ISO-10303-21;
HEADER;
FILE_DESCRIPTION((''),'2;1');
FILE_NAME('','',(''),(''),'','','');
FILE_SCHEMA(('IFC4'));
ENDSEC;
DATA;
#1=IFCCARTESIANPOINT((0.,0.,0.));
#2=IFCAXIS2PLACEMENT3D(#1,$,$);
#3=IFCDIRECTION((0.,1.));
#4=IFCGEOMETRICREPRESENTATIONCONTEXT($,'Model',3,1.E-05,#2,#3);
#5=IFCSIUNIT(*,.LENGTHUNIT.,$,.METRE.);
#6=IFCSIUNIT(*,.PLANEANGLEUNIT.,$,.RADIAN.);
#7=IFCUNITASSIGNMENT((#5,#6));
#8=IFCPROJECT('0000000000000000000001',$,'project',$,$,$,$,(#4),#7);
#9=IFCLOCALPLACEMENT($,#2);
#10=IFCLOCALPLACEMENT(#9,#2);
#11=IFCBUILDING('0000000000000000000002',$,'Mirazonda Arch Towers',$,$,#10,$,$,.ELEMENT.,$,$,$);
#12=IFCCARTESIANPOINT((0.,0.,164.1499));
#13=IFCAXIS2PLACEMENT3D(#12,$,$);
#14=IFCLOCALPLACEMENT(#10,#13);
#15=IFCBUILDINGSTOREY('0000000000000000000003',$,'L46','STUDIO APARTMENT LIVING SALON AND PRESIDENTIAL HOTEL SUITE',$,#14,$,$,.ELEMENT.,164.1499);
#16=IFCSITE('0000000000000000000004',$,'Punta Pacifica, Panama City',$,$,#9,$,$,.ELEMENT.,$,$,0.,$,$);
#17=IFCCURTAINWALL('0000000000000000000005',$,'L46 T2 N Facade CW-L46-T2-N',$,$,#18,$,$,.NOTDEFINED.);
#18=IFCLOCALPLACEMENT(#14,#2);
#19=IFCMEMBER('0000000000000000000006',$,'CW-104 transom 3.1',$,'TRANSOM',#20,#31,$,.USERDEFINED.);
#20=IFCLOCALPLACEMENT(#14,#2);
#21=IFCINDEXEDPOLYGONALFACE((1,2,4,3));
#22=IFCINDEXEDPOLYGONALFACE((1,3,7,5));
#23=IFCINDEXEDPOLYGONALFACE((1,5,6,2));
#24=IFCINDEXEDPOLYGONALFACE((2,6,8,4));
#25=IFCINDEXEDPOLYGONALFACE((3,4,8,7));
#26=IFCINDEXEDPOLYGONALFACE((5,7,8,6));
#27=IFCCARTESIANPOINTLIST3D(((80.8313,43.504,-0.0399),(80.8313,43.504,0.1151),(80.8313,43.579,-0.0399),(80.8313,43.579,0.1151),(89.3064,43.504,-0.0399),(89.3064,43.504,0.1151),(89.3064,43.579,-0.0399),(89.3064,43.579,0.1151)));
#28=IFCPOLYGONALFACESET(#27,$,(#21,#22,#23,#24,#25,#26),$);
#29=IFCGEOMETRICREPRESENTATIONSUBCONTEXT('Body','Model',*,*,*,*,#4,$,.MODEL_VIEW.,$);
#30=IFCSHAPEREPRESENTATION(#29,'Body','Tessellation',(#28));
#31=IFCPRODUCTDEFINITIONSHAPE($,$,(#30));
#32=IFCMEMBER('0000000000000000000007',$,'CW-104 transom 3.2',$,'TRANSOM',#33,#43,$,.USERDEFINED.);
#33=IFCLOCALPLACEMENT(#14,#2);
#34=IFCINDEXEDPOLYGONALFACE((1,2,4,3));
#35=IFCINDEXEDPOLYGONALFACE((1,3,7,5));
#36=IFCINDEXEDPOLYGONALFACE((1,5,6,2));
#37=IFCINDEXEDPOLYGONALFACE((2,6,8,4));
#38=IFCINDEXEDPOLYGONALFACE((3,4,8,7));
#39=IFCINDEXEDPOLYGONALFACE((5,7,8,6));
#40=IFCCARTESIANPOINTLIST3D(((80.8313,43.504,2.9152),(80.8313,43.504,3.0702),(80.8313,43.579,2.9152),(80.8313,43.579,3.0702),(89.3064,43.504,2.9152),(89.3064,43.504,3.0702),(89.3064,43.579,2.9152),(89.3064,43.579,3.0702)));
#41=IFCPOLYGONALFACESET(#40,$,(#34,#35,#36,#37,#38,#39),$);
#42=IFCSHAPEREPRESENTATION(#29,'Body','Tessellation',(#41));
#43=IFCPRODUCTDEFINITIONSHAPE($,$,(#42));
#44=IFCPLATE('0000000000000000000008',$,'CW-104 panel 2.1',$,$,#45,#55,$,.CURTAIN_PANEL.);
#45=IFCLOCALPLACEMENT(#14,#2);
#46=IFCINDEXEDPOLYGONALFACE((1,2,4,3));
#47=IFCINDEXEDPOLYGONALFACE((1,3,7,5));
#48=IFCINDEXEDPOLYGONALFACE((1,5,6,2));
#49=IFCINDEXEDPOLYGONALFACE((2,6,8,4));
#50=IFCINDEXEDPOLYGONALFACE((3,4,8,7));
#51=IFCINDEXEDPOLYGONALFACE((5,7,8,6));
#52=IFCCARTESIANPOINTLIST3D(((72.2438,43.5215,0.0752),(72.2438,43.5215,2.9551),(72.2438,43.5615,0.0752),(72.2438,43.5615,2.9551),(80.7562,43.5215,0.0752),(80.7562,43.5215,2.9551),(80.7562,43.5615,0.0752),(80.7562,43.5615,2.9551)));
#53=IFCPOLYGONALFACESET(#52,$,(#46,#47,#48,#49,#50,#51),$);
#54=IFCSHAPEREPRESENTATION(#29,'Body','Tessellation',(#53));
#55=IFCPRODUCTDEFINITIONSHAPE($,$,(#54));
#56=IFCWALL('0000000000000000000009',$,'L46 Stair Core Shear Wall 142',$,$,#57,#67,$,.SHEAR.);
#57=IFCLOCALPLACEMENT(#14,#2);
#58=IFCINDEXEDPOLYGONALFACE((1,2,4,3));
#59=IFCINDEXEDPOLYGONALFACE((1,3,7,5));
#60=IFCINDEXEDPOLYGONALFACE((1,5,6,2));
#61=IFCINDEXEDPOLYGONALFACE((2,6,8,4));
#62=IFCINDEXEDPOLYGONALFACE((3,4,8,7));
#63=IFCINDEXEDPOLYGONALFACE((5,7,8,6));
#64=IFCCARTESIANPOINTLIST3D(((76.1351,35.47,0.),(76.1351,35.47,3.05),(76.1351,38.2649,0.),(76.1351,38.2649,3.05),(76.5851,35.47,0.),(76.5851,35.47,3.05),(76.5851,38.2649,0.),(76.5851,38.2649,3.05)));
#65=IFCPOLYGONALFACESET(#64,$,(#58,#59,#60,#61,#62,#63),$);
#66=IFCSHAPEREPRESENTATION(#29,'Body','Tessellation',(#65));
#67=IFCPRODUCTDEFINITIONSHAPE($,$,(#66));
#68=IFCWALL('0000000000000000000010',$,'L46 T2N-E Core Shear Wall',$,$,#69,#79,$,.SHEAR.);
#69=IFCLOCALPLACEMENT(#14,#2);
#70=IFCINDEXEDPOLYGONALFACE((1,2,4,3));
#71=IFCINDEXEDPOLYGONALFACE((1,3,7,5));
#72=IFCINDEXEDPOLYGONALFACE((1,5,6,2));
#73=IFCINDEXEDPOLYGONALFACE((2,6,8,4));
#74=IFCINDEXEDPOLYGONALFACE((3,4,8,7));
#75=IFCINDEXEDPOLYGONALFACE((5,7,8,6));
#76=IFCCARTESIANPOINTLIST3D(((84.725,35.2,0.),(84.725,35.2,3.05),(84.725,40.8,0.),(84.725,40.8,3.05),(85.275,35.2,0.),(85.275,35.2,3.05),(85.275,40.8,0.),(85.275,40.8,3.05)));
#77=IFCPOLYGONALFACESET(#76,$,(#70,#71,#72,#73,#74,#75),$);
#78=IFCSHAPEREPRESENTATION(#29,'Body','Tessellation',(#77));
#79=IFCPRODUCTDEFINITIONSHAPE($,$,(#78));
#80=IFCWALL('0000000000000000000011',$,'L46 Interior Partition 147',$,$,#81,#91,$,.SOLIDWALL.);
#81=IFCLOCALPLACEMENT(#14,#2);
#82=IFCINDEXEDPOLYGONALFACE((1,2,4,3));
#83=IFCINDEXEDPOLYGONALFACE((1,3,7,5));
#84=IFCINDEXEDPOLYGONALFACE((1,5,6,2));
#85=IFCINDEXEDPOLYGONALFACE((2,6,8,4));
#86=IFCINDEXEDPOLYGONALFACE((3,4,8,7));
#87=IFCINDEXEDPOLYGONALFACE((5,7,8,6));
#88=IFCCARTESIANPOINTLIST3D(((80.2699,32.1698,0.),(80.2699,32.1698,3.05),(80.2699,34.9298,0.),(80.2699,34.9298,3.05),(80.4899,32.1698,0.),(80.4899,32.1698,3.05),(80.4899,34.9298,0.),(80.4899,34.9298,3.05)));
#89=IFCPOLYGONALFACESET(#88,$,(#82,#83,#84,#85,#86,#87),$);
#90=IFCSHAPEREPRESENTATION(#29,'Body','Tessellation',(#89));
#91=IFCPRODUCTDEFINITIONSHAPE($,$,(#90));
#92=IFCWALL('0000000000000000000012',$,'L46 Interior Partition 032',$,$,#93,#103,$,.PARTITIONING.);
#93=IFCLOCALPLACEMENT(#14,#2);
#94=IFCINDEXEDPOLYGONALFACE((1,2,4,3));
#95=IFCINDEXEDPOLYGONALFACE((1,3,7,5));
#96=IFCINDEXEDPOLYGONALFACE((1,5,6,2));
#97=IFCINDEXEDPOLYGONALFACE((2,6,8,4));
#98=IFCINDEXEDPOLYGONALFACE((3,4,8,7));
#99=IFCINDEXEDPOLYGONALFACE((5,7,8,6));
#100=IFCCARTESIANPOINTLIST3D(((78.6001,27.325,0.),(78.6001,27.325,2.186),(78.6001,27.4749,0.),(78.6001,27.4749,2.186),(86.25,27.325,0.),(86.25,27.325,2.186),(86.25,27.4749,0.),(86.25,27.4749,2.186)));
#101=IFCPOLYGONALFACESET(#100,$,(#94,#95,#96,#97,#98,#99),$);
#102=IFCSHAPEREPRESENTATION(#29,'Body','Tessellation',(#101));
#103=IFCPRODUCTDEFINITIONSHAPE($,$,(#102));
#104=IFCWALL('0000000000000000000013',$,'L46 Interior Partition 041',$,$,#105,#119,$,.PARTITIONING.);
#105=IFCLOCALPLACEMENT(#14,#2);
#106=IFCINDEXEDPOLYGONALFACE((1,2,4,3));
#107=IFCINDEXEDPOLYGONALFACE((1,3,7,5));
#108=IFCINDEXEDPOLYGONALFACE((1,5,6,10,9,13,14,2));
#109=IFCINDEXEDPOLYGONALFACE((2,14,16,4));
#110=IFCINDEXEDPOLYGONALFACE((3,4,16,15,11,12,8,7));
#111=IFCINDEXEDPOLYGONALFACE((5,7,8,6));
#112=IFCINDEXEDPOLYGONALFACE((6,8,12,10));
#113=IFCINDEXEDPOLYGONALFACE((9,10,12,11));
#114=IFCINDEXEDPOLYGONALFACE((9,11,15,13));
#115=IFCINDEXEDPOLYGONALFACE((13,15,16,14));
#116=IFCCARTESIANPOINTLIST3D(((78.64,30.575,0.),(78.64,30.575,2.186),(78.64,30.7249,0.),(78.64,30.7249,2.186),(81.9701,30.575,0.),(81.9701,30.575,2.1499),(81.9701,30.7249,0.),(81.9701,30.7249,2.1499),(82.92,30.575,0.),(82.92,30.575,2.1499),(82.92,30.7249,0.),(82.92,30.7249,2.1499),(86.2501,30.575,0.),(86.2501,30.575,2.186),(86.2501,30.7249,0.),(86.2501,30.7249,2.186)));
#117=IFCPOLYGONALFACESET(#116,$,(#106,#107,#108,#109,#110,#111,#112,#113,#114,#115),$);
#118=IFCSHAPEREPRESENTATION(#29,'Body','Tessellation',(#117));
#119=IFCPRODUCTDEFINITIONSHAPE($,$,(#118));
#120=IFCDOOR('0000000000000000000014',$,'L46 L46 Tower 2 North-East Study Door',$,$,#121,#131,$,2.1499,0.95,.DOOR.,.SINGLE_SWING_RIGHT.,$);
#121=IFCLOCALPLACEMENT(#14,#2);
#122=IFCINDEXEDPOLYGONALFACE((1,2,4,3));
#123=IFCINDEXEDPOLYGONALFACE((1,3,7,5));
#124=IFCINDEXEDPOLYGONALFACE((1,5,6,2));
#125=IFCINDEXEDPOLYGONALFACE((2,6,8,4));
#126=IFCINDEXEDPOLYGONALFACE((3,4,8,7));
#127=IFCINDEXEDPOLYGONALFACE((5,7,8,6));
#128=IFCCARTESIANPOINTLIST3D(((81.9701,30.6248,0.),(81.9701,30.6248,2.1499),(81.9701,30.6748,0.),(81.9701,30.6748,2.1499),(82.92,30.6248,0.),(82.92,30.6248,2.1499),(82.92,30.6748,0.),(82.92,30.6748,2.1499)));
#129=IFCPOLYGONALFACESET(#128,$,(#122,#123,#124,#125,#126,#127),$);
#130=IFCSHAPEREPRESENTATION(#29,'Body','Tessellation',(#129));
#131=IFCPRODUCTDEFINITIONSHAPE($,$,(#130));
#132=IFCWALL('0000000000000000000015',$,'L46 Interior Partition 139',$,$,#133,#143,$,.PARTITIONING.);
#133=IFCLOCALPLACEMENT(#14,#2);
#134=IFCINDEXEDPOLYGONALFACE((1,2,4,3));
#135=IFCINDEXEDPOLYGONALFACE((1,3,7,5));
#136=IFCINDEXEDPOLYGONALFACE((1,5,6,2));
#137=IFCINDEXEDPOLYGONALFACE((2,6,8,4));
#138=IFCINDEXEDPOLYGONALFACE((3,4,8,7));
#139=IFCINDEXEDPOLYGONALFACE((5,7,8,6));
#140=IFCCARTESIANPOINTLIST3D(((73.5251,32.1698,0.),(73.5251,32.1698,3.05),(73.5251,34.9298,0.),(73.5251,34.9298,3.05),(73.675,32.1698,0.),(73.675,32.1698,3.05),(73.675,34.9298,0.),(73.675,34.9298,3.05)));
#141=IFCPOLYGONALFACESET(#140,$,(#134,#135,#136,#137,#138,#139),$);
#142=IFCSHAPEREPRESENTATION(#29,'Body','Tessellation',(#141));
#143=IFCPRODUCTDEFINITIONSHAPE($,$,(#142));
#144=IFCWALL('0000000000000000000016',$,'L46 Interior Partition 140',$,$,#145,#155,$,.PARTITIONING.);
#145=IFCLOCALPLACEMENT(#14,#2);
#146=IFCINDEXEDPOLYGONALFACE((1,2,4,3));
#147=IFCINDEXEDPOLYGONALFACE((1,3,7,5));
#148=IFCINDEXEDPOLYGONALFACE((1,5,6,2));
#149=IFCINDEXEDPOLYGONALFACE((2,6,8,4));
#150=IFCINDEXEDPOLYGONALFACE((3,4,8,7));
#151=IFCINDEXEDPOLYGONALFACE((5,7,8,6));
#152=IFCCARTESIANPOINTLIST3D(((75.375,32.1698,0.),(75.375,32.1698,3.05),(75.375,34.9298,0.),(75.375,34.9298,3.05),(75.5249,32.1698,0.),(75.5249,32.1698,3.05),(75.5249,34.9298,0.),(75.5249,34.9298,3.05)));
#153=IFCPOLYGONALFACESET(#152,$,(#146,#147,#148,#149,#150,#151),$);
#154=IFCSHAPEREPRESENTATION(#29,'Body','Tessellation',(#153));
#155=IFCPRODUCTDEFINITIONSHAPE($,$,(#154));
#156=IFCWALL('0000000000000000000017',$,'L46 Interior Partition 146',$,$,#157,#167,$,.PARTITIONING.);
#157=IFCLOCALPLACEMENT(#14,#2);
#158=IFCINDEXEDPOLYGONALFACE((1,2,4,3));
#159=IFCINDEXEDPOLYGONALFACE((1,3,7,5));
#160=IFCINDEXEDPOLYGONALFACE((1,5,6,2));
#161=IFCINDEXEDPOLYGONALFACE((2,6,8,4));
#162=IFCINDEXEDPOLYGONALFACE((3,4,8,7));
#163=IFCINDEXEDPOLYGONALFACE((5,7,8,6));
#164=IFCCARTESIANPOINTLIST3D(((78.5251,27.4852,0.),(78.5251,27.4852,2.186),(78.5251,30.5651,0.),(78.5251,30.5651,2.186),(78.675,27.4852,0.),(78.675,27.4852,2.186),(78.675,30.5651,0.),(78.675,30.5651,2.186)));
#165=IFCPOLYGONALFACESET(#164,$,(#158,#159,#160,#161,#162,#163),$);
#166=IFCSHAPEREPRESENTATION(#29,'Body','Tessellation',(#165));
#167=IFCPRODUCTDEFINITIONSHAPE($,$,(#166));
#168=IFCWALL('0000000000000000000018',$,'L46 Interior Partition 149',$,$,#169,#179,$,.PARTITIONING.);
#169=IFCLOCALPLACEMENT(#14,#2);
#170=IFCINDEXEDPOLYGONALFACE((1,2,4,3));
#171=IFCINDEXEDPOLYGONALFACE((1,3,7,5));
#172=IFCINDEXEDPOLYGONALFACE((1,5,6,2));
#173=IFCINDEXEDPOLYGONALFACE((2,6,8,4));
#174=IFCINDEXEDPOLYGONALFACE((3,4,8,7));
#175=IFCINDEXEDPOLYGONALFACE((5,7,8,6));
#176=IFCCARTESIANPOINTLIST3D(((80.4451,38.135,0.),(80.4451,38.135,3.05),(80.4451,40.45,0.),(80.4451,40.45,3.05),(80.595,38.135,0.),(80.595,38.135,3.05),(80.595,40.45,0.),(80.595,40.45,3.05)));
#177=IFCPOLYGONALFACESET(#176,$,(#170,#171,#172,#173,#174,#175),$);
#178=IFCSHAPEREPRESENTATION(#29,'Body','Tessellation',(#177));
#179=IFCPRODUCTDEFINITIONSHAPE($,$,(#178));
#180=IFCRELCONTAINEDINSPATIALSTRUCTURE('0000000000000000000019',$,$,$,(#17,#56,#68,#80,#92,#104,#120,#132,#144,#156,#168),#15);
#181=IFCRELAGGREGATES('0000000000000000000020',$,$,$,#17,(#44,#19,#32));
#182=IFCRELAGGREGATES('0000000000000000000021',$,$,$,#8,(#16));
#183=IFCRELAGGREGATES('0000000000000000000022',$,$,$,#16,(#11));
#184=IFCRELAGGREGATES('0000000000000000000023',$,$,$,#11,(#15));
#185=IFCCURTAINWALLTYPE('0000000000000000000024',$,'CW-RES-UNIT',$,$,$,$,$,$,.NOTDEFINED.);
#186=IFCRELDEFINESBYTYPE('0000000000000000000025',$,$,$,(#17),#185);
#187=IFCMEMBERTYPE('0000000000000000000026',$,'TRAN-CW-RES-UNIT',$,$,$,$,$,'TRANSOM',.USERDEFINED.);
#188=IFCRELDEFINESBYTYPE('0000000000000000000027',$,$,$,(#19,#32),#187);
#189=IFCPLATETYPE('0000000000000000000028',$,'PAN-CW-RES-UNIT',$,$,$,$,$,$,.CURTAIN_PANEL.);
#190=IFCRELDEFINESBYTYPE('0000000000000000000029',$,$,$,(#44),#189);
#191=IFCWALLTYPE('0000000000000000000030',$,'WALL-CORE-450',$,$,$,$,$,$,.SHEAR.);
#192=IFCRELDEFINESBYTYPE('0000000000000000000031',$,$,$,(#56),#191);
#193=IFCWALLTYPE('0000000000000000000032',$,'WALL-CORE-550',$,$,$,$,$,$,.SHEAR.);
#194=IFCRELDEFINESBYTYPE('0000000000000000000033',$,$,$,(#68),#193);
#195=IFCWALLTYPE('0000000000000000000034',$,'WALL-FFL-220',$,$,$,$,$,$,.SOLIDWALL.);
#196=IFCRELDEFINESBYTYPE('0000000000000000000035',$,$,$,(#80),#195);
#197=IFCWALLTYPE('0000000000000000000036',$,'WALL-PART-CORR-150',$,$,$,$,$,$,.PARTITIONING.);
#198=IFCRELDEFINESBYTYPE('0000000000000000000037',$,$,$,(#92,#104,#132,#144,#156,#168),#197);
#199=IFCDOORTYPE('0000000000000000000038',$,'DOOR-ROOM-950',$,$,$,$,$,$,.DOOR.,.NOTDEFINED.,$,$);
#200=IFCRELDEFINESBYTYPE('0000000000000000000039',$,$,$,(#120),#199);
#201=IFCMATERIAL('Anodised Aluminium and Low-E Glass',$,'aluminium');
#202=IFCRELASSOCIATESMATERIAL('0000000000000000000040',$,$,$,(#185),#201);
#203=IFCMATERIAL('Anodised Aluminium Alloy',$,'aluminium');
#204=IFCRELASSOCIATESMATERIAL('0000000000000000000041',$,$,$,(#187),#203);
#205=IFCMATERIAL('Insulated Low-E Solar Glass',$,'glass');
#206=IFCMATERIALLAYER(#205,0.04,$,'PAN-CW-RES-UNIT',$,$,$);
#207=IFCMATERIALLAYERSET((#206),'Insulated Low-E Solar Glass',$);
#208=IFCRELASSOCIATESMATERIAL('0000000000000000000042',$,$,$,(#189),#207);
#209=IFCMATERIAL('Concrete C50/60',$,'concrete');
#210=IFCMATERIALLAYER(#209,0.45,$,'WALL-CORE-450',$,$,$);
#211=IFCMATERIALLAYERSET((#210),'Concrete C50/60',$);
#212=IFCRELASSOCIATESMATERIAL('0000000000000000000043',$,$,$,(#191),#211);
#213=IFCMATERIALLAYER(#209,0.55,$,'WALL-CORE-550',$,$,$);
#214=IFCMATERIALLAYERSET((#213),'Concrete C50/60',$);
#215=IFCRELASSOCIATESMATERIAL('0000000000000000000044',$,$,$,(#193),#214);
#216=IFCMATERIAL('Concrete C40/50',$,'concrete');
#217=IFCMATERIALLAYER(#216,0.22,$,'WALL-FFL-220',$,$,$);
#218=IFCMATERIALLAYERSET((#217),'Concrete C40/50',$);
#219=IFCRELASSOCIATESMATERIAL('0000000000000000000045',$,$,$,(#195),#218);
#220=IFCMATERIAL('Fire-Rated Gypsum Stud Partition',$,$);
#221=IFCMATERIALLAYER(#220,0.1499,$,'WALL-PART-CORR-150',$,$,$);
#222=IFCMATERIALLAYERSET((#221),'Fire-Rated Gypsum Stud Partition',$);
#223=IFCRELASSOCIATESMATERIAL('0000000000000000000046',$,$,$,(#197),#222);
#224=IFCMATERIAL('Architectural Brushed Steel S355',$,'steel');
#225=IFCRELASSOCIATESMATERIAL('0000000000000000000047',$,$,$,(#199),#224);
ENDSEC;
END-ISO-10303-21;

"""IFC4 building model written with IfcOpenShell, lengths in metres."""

from ifc_helpers import new_model, si_unit, direction, frame, frame_2d, origin, origin_2d, place, context, subcontext, project, spatial, rectangle, extrude, material, layer, layer_set, material_profile, profile_set, type_object, element, fill, aggregate, save


model = new_model("IFC4")

# Units and contexts
model_context = context("Model", 3, precision=1e-05, world=origin(), true_north=direction((0.0, 1.0)))
body_context = subcontext(model_context, "Body", "Model", "MODEL_VIEW")
ifc_project = project(units=[si_unit("LENGTHUNIT", "METRE"), si_unit("PLANEANGLEUNIT", "RADIAN")], contexts=[model_context])

# Site, building, storey
site_placement = place(None, origin())
site = spatial("IfcSite", under=ifc_project, at=site_placement, Name="Punta Pacifica, Panama City", CompositionType="ELEMENT", RefElevation=0.0)
building_placement = place(site_placement, origin())
building = spatial("IfcBuilding", under=site, at=building_placement, Name="Mirazonda Arch Towers", CompositionType="ELEMENT")
storey_placement = place(building_placement, frame((0.0, 0.0, 164.1499)))
storey = spatial("IfcBuildingStorey", under=building, at=storey_placement, Name="L46", Description="STUDIO APARTMENT LIVING SALON AND PRESIDENTIAL HOTEL SUITE", CompositionType="ELEMENT", Elevation=164.1499)

# Shared definitions
ifc_material_1 = material(Name="Concrete C50/60", Category="concrete")

# Curtain wall, members, plate
ifc_material_2 = material(Name="Anodised Aluminium and Low-E Glass", Category="aluminium")
curtain_wall_type = type_object("IfcCurtainWallType", Name="CW-RES-UNIT", PredefinedType="NOTDEFINED", material=ifc_material_2)
curtain_wall_placement = place(storey_placement, origin())
curtain_wall = element("IfcCurtainWall", 1, at=curtain_wall_placement, inside=storey, type_object=curtain_wall_type, Name="L46 T2 N Facade CW-L46-T2-N", PredefinedType="NOTDEFINED")
ifc_material_3 = material(Name="Anodised Aluminium Alloy", Category="aluminium")
ifc_material_profile_1 = material_profile(ifc_material_3, rectangle(XDim=0.075, YDim=0.155, at=origin_2d()), Name="ALU-TRAN-75x155")
ifc_profile_set_1 = profile_set([ifc_material_profile_1], Name="Anodised Aluminium Alloy")
member_type_1 = type_object("IfcMemberType", Name="TRAN-CW-RES-UNIT", ElementType="TRANSOM", PredefinedType="USERDEFINED", material=ifc_profile_set_1)
member_1_placement = place(storey_placement, frame((80.8313, 43.5415, 0.0376), z_axis=(1.0, 0.0, 0.0), x_axis=(0.0, 1.0, 0.0)))
member_1 = element("IfcMember", 2, at=member_1_placement, type_object=member_type_1, Name="CW-104 transom 3.1", ObjectType="TRANSOM", PredefinedType="USERDEFINED", context=body_context, shape_type="SweptSolid", body=[
    extrude(rectangle(XDim=0.075, YDim=0.155, at=origin_2d()), origin(), (0.0, 0.0, 1.0), 8.4751),
])
member_2_placement = place(storey_placement, frame((80.8313, 43.5415, 2.9927), z_axis=(1.0, 0.0, 0.0), x_axis=(0.0, 1.0, 0.0)))
member_2 = element("IfcMember", 3, at=member_2_placement, type_object=member_type_1, Name="CW-104 transom 3.2", ObjectType="TRANSOM", PredefinedType="USERDEFINED", context=body_context, shape_type="SweptSolid", body=[
    extrude(rectangle(XDim=0.075, YDim=0.155, at=origin_2d()), origin(), (0.0, 0.0, 1.0), 8.4751),
])
ifc_material_4 = material(Name="Insulated Low-E Solar Glass", Category="glass")
ifc_layer_1 = layer(ifc_material_4, 0.04, Name="PAN-CW-RES-UNIT")
ifc_layer_set_1 = layer_set([ifc_layer_1], Name="Insulated Low-E Solar Glass")
plate_type = type_object("IfcPlateType", Name="PAN-CW-RES-UNIT", PredefinedType="CURTAIN_PANEL", material=ifc_layer_set_1)
plate_placement = place(storey_placement, frame((76.5, 43.5415, 0.0752), z_axis=(0.0, 0.0, 1.0), x_axis=(1.0, 0.0, 0.0)))
plate = element("IfcPlate", 4, at=plate_placement, type_object=plate_type, Name="CW-104 panel 2.1", PredefinedType="CURTAIN_PANEL", context=body_context, shape_type="SweptSolid", body=[
    extrude(rectangle(XDim=8.5125, YDim=0.04, at=origin_2d()), origin(), (0.0, 0.0, 1.0), 2.8799),
])
aggregate(curtain_wall, [plate, member_1, member_2])

# Walls
ifc_layer_2 = layer(ifc_material_1, 0.45, Name="WALL-CORE-450")
ifc_layer_set_2 = layer_set([ifc_layer_2], Name="Concrete C50/60")
wall_type_1 = type_object("IfcWallType", Name="WALL-CORE-450", PredefinedType="SHEAR", material=ifc_layer_set_2)
wall_1_placement = place(storey_placement, frame((76.3601, 35.47, 0.0), z_axis=(0.0, 0.0, 1.0), x_axis=(0.0, 1.0, 0.0)))
element("IfcWall", 5, at=wall_1_placement, inside=storey, type_object=wall_type_1, Name="L46 Stair Core Shear Wall 142", PredefinedType="SHEAR", context=body_context, shape_type="SweptSolid", body=[
    extrude(rectangle(XDim=2.7949, YDim=0.45, at=frame_2d((1.3975, 0.0))), origin(), (0.0, 0.0, 1.0), 3.05),
])
ifc_layer_3 = layer(ifc_material_1, 0.55, Name="WALL-CORE-550")
ifc_layer_set_3 = layer_set([ifc_layer_3], Name="Concrete C50/60")
wall_type_2 = type_object("IfcWallType", Name="WALL-CORE-550", PredefinedType="SHEAR", material=ifc_layer_set_3)
wall_2_placement = place(storey_placement, frame((85.0, 35.2, 0.0), z_axis=(0.0, 0.0, 1.0), x_axis=(0.0, 1.0, 0.0)))
element("IfcWall", 6, at=wall_2_placement, inside=storey, type_object=wall_type_2, Name="L46 T2N-E Core Shear Wall", PredefinedType="SHEAR", context=body_context, shape_type="SweptSolid", body=[
    extrude(rectangle(XDim=5.6001, YDim=0.55, at=frame_2d((2.8, 0.0))), origin(), (0.0, 0.0, 1.0), 3.05),
])
ifc_material_5 = material(Name="Concrete C40/50", Category="concrete")
ifc_layer_4 = layer(ifc_material_5, 0.22, Name="WALL-FFL-220")
ifc_layer_set_4 = layer_set([ifc_layer_4], Name="Concrete C40/50")
wall_type_3 = type_object("IfcWallType", Name="WALL-FFL-220", PredefinedType="SOLIDWALL", material=ifc_layer_set_4)
wall_3_placement = place(storey_placement, frame((80.3799, 32.1699, 0.0), z_axis=(0.0, 0.0, 1.0), x_axis=(0.0, 1.0, 0.0)))
element("IfcWall", 7, at=wall_3_placement, inside=storey, type_object=wall_type_3, Name="L46 Interior Partition 147", PredefinedType="SOLIDWALL", context=body_context, shape_type="SweptSolid", body=[
    extrude(rectangle(XDim=2.76, YDim=0.22, at=frame_2d((1.3799, 0.0))), origin(), (0.0, 0.0, 1.0), 3.05),
])
ifc_material_6 = material(Name="Fire-Rated Gypsum Stud Partition")
ifc_layer_5 = layer(ifc_material_6, 0.1499, Name="WALL-PART-CORR-150")
ifc_layer_set_5 = layer_set([ifc_layer_5], Name="Fire-Rated Gypsum Stud Partition")
wall_type_4 = type_object("IfcWallType", Name="WALL-PART-CORR-150", PredefinedType="PARTITIONING", material=ifc_layer_set_5)
wall_4_placement = place(storey_placement, frame((78.6001, 27.3999, 0.0), z_axis=(0.0, 0.0, 1.0), x_axis=(1.0, 0.0, 0.0)))
element("IfcWall", 8, at=wall_4_placement, inside=storey, type_object=wall_type_4, Name="L46 Interior Partition 032", PredefinedType="PARTITIONING", context=body_context, shape_type="SweptSolid", body=[
    extrude(rectangle(XDim=7.6499, YDim=0.1499, at=frame_2d((3.825, 0.0))), origin(), (0.0, 0.0, 1.0), 2.186),
])

# Wall, opening, door
wall_5_placement = place(storey_placement, frame((78.6399, 30.6499, 0.0), z_axis=(0.0, 0.0, 1.0), x_axis=(1.0, 0.0, 0.0)))
wall_5 = element("IfcWall", 9, at=wall_5_placement, inside=storey, type_object=wall_type_4, Name="L46 Interior Partition 041", PredefinedType="PARTITIONING", context=body_context, shape_type="SweptSolid", body=[
    extrude(rectangle(XDim=7.6101, YDim=0.1499, at=frame_2d((3.8052, 0.0))), origin(), (0.0, 0.0, 1.0), 2.186),
])
opening_placement = place(wall_5_placement, frame((3.3301, 0.0, 0.0)))
opening = element("IfcOpeningElement", 10, at=opening_placement, cuts=wall_5, PredefinedType="OPENING", context=body_context, shape_type="SweptSolid", body=[
    extrude(rectangle(XDim=0.95, YDim=2.1499, at=frame_2d((0.4751, 1.075))), frame((0.0, 0.085, 0.0), z_axis=(0.0, -1.0, 0.0), x_axis=(1.0, 0.0, 0.0)), (0.0, 0.0, 1.0), 0.1699),
])
ifc_material_7 = material(Name="Architectural Brushed Steel S355", Category="steel")
door_type = type_object("IfcDoorType", Name="DOOR-ROOM-950", OperationType="NOTDEFINED", PredefinedType="DOOR", material=ifc_material_7)
door_placement = place(opening_placement, origin())
door = element("IfcDoor", 11, at=door_placement, inside=storey, type_object=door_type, Name="L46 L46 Tower 2 North-East Study Door", OperationType="SINGLE_SWING_RIGHT", OverallHeight=2.1499, OverallWidth=0.95, PredefinedType="DOOR", context=body_context, shape_type="SweptSolid", body=[
    extrude(rectangle(XDim=0.95, YDim=2.1499, at=frame_2d((0.4751, 1.075))), frame((0.0, 0.0249, 0.0), z_axis=(0.0, -1.0, 0.0), x_axis=(1.0, 0.0, 0.0)), (0.0, 0.0, 1.0), 0.05),
])
fill(opening, door)

# Walls
for number, where, z_axis, x_axis, name in (
    (12, (73.6001, 32.1699, 0.0), (0.0, 0.0, 1.0), (0.0, 1.0, 0.0), "L46 Interior Partition 139"),
    (13, (75.45, 32.1699, 0.0), (0.0, 0.0, 1.0), (0.0, 1.0, 0.0), "L46 Interior Partition 140"),
):
    element("IfcWall", number, at=place(storey_placement, frame(where, z_axis=z_axis, x_axis=x_axis)), inside=storey, type_object=wall_type_4, Name=name, PredefinedType="PARTITIONING", context=body_context, shape_type="SweptSolid", body=[
        extrude(rectangle(XDim=2.76, YDim=0.1499, at=frame_2d((1.3799, 0.0))), origin(), (0.0, 0.0, 1.0), 3.05),
    ])
wall_6_placement = place(storey_placement, frame((78.6001, 27.4851, 0.0), z_axis=(0.0, 0.0, 1.0), x_axis=(0.0, 1.0, 0.0)))
element("IfcWall", 14, at=wall_6_placement, inside=storey, type_object=wall_type_4, Name="L46 Interior Partition 146", PredefinedType="PARTITIONING", context=body_context, shape_type="SweptSolid", body=[
    extrude(rectangle(XDim=3.0798, YDim=0.1499, at=frame_2d((1.54, 0.0))), origin(), (0.0, 0.0, 1.0), 2.186),
])
wall_7_placement = place(storey_placement, frame((80.52, 38.135, 0.0), z_axis=(0.0, 0.0, 1.0), x_axis=(0.0, 1.0, 0.0)))
element("IfcWall", 15, at=wall_7_placement, inside=storey, type_object=wall_type_4, Name="L46 Interior Partition 149", PredefinedType="PARTITIONING", context=body_context, shape_type="SweptSolid", body=[
    extrude(rectangle(XDim=2.3149, YDim=0.1499, at=frame_2d((1.1575, 0.0))), origin(), (0.0, 0.0, 1.0), 3.05),
])

save(model, "model.ifc")
